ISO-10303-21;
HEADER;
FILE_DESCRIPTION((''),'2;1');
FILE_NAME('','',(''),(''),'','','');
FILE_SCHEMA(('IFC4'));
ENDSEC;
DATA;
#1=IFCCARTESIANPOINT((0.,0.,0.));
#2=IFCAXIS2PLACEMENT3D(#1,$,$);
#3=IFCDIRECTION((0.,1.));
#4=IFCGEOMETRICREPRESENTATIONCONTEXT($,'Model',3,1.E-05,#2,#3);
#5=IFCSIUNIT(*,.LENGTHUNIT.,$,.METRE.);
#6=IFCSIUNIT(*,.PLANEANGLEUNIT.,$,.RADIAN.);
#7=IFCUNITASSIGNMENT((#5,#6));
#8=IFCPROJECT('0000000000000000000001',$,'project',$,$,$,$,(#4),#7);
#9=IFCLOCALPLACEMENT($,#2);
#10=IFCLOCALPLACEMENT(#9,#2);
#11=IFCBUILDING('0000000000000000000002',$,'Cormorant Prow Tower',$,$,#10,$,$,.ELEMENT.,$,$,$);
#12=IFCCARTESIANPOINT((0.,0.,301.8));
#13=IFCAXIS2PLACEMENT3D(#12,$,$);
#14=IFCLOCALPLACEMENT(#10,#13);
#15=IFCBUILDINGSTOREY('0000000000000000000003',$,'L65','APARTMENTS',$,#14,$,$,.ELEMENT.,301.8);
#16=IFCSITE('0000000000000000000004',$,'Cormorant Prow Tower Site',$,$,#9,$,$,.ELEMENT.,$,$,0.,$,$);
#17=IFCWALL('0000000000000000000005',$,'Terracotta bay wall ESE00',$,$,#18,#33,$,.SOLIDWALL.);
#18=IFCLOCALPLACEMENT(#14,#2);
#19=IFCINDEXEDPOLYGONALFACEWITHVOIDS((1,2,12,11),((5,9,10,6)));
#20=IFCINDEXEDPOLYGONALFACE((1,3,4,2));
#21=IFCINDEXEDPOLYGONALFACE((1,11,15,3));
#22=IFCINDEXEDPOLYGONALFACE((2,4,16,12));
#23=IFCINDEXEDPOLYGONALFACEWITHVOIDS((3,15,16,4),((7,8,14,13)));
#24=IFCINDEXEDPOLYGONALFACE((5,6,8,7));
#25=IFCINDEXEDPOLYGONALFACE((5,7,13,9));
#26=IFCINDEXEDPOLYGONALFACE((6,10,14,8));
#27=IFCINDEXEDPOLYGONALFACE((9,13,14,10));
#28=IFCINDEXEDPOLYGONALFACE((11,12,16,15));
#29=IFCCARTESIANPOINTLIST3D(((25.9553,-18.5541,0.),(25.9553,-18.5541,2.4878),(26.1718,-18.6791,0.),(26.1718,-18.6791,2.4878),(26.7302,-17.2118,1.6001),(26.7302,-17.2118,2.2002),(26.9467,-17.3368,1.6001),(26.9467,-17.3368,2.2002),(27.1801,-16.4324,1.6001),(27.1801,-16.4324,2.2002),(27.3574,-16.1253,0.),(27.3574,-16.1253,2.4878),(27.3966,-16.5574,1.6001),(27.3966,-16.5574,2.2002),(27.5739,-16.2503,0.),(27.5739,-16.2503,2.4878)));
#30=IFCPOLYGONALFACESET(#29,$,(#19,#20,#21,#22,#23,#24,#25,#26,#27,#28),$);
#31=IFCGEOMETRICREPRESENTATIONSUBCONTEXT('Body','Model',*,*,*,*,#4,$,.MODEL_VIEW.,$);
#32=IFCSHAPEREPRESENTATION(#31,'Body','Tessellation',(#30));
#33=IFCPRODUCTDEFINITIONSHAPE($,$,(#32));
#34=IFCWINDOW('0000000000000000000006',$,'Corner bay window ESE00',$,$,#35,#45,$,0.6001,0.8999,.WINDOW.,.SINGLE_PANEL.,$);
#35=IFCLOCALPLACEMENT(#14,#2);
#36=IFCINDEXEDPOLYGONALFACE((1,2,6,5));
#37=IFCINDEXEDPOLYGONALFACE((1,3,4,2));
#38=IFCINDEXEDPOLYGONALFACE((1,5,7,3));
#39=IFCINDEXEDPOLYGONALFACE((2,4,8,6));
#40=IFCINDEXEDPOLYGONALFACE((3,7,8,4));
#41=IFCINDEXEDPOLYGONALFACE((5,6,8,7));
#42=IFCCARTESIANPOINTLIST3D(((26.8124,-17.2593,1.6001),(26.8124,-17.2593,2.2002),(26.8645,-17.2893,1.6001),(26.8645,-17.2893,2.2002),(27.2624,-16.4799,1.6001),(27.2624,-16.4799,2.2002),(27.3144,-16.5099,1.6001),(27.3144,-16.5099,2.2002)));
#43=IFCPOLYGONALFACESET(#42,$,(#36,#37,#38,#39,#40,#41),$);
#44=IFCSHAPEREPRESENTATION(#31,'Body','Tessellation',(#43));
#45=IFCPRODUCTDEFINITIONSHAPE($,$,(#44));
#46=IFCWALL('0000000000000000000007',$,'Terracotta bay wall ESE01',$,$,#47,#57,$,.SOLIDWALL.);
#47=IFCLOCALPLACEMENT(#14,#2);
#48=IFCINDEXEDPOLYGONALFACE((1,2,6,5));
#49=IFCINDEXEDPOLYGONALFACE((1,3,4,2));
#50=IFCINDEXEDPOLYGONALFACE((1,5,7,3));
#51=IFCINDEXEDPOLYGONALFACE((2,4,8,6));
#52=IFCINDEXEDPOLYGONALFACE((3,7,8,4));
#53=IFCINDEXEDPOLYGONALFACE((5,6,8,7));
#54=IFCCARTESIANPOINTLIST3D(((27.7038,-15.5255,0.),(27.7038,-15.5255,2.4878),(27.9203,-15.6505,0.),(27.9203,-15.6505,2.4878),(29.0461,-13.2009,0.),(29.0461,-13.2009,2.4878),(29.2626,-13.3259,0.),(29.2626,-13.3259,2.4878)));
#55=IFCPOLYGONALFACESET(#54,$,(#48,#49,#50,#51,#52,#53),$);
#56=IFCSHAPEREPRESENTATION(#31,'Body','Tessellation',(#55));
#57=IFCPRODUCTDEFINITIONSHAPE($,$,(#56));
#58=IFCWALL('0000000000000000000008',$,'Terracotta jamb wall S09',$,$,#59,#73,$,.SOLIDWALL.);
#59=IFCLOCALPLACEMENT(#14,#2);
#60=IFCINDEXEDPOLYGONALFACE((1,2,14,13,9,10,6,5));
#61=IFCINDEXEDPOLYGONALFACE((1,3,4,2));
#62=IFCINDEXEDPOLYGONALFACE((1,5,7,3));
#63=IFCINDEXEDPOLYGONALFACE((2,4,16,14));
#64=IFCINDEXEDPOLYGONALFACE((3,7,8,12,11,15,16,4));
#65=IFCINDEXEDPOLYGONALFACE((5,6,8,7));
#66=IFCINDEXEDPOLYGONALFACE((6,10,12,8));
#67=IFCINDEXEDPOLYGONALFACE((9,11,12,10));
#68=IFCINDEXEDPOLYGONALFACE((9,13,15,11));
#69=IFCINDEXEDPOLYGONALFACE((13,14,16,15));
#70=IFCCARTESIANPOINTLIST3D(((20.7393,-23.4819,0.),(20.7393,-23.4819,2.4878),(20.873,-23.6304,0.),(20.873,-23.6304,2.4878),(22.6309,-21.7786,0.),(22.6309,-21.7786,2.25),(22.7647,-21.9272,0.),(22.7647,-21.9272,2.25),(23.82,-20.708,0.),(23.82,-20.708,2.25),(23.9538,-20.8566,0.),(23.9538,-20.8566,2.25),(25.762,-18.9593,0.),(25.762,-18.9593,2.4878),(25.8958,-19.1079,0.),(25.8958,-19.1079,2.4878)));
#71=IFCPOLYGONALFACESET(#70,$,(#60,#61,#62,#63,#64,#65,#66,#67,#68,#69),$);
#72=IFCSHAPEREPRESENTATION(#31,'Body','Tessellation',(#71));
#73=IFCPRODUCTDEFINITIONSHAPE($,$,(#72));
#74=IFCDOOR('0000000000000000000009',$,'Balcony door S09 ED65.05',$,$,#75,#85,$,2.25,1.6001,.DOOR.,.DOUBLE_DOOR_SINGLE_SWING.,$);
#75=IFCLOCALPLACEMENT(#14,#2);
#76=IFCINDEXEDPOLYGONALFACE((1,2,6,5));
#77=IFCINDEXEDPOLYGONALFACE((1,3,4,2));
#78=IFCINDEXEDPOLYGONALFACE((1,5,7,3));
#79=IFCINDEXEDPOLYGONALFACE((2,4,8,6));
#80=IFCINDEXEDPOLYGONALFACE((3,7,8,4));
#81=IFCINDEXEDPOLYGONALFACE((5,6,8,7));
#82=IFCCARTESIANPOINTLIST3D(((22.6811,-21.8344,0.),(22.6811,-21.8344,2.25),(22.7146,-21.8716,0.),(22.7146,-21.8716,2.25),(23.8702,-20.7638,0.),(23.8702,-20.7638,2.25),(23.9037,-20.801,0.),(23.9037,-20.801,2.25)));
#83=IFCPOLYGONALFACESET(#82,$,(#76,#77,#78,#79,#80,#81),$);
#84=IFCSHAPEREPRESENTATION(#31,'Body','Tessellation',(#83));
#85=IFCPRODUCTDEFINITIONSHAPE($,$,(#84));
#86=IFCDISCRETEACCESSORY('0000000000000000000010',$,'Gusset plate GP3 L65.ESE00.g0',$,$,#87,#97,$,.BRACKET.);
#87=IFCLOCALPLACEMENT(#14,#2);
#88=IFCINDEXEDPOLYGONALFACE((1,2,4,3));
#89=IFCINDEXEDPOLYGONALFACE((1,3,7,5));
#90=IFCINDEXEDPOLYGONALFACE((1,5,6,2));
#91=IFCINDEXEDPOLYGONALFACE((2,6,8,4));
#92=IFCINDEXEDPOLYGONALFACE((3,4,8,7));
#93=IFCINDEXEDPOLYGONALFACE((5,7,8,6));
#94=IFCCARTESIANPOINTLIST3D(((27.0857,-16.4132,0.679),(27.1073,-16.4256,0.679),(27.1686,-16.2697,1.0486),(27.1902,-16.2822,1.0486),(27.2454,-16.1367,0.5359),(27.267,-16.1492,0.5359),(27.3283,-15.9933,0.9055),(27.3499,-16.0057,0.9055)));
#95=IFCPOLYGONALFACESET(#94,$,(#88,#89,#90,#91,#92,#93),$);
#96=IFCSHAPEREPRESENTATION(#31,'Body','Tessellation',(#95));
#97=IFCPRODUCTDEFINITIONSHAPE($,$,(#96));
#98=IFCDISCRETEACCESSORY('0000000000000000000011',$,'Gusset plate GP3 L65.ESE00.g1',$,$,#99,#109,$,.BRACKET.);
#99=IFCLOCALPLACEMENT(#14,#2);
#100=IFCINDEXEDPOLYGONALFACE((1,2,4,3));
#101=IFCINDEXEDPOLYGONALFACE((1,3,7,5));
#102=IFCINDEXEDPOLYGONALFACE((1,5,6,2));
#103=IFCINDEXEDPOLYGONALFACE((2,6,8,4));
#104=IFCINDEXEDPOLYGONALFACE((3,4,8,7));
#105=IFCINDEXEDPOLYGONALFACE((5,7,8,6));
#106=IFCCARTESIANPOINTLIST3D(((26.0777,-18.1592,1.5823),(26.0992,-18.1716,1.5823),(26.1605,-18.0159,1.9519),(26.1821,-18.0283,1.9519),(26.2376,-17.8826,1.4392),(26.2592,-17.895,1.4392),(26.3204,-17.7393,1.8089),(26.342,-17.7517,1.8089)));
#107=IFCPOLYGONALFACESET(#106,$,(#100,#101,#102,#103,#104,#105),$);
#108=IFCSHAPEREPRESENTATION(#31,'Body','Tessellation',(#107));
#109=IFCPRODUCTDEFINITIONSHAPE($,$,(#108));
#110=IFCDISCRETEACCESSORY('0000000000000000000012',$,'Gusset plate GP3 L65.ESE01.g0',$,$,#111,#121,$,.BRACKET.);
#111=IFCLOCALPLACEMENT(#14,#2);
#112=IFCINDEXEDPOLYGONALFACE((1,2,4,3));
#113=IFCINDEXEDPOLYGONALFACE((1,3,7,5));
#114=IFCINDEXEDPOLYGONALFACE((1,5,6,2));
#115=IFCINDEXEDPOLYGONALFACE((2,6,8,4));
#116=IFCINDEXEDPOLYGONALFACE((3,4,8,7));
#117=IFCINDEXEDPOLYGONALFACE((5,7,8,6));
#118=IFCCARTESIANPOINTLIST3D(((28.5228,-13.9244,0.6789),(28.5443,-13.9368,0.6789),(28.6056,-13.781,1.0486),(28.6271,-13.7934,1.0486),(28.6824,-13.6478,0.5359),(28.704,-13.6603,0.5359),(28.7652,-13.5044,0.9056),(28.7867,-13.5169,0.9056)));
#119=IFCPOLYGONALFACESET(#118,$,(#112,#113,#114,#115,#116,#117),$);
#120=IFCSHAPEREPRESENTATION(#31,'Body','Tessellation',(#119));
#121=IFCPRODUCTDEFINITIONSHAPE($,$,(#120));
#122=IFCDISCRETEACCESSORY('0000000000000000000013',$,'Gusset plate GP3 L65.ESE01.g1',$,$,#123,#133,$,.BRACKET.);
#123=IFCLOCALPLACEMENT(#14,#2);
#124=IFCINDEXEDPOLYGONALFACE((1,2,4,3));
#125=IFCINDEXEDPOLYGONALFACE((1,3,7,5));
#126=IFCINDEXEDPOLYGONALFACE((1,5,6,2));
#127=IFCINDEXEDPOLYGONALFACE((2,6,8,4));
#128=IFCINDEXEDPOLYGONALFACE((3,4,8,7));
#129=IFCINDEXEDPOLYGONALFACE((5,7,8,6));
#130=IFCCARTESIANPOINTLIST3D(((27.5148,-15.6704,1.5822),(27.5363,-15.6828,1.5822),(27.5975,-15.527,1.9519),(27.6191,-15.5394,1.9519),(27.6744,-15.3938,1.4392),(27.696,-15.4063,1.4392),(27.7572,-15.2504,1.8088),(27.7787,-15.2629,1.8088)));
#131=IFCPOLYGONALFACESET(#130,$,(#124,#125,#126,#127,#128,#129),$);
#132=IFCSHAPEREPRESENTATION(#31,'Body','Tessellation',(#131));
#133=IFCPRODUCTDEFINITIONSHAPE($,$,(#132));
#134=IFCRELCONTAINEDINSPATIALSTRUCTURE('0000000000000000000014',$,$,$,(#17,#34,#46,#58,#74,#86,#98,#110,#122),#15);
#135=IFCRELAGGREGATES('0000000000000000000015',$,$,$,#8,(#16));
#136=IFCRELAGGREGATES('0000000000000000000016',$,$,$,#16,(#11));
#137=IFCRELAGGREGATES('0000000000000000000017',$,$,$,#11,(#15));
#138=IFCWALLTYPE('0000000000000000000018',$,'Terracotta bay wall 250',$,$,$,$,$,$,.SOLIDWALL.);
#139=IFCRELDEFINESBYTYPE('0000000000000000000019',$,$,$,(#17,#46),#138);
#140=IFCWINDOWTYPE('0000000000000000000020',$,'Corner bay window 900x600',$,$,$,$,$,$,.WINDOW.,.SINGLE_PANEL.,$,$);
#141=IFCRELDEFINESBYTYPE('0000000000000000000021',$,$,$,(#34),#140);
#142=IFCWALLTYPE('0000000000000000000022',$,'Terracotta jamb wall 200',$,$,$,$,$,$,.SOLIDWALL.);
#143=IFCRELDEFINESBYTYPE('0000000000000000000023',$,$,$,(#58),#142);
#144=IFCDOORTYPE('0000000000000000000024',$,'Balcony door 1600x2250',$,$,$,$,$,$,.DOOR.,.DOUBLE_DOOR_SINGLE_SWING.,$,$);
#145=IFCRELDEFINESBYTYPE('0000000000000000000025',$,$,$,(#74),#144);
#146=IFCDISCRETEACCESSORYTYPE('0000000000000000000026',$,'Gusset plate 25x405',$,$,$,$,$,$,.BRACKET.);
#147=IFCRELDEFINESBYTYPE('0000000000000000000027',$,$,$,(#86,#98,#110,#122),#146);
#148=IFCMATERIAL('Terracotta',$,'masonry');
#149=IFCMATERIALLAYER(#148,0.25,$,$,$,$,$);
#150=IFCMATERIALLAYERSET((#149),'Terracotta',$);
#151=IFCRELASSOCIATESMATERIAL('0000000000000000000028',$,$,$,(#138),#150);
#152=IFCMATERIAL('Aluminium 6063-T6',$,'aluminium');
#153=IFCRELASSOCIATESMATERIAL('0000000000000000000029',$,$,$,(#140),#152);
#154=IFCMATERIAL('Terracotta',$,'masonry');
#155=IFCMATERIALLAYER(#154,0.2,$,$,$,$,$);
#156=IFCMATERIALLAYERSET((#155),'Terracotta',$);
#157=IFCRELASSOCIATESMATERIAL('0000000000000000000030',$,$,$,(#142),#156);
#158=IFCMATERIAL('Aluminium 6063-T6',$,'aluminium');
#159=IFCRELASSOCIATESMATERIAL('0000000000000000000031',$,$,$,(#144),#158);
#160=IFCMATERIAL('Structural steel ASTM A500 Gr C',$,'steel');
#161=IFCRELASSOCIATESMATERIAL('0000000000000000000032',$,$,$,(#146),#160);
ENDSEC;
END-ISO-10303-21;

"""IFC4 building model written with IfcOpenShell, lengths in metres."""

from ifc_helpers import new_model, si_unit, direction, frame, frame_2d, origin, origin_2d, place, context, subcontext, project, spatial, rectangle, extrude, material, layer, layer_set, material_profile, profile_set, type_object, element, fill, save


model = new_model("IFC4")

# Units and contexts
model_context = context("Model", 3, precision=1e-05, world=origin(), true_north=direction((0.0, 1.0)))
body_context = subcontext(model_context, "Body", "Model", "MODEL_VIEW")
ifc_project = project(units=[si_unit("LENGTHUNIT", "METRE"), si_unit("PLANEANGLEUNIT", "RADIAN")], contexts=[model_context])

# Site, building, storey
site_placement = place(None, origin())
site = spatial("IfcSite", under=ifc_project, at=site_placement, Name="Cormorant Prow Tower Site", CompositionType="ELEMENT", RefElevation=0.0)
building_placement = place(site_placement, origin())
building = spatial("IfcBuilding", under=site, at=building_placement, Name="Cormorant Prow Tower", CompositionType="ELEMENT")
storey_placement = place(building_placement, frame((0.0, 0.0, 301.8)))
storey = spatial("IfcBuildingStorey", under=building, at=storey_placement, Name="L65", Description="APARTMENTS", CompositionType="ELEMENT", Elevation=301.8)

# Wall, opening, window
ifc_material_1 = material(Name="Terracotta", Category="masonry")
ifc_layer_1 = layer(ifc_material_1, 0.25)
ifc_layer_set_1 = layer_set([ifc_layer_1], Name="Terracotta")
wall_type_1 = type_object("IfcWallType", Name="Terracotta bay wall 250", PredefinedType="SOLIDWALL", material=ifc_layer_set_1)
wall_1_placement = place(storey_placement, frame((26.0635, -18.6167, 0.0), z_axis=(0.0, 0.0, 1.0), x_axis=(0.499969, 0.866044, 0.0)))
wall_1 = element("IfcWall", 1, at=wall_1_placement, inside=storey, type_object=wall_type_1, Name="Terracotta bay wall ESE00", PredefinedType="SOLIDWALL", context=body_context, shape_type="SweptSolid", body=[
    extrude(rectangle(XDim=2.8044, YDim=0.25, at=frame_2d((1.4023, 0.0))), origin(), (0.0, 0.0, 1.0), 2.4878),
])
opening_1_placement = place(wall_1_placement, frame((1.55, 0.0, 1.6001)))
opening_1 = element("IfcOpeningElement", 2, at=opening_1_placement, cuts=wall_1, PredefinedType="OPENING", context=body_context, shape_type="SweptSolid", body=[
    extrude(rectangle(XDim=0.8999, YDim=0.6001, at=frame_2d((0.45, 0.3))), frame((0.0, 0.135, 0.0), z_axis=(0.0, -1.0, 0.0), x_axis=(1.0, 0.0, 0.0)), (0.0, 0.0, 1.0), 0.27),
])
ifc_material_2 = material(Name="Aluminium 6063-T6", Category="aluminium")
window_type = type_object("IfcWindowType", Name="Corner bay window 900x600", PartitioningType="SINGLE_PANEL", PredefinedType="WINDOW", material=ifc_material_2)
window_placement = place(opening_1_placement, origin())
window = element("IfcWindow", 3, at=window_placement, inside=storey, type_object=window_type, Name="Corner bay window ESE00", OverallHeight=0.6001, OverallWidth=0.8999, PartitioningType="SINGLE_PANEL", PredefinedType="WINDOW", context=body_context, shape_type="SweptSolid", body=[
    extrude(rectangle(XDim=0.8999, YDim=0.6001, at=frame_2d((0.45, 0.3))), frame((0.0, 0.03, 0.0), z_axis=(0.0, -1.0, 0.0), x_axis=(1.0, 0.0, 0.0)), (0.0, 0.0, 1.0), 0.0601),
])
fill(opening_1, window)

# Wall
wall_2_placement = place(storey_placement, frame((27.812, -15.5881, 0.0), z_axis=(0.0, 0.0, 1.0), x_axis=(0.500032, 0.866007, 0.0)))
element("IfcWall", 4, at=wall_2_placement, inside=storey, type_object=wall_type_1, Name="Terracotta bay wall ESE01", PredefinedType="SOLIDWALL", context=body_context, shape_type="SweptSolid", body=[
    extrude(rectangle(XDim=2.6843, YDim=0.25, at=frame_2d((1.3423, 0.0))), origin(), (0.0, 0.0, 1.0), 2.4878),
])

# Wall, opening, door
ifc_material_3 = material(Name="Terracotta", Category="masonry")
ifc_layer_2 = layer(ifc_material_3, 0.2)
ifc_layer_set_2 = layer_set([ifc_layer_2], Name="Terracotta")
wall_type_2 = type_object("IfcWallType", Name="Terracotta jamb wall 200", PredefinedType="SOLIDWALL", material=ifc_layer_set_2)
wall_3_placement = place(storey_placement, frame((20.8062, -23.5562, 0.0), z_axis=(0.0, 0.0, 1.0), x_axis=(0.743145, 0.66913, 0.0)))
wall_3 = element("IfcWall", 5, at=wall_3_placement, inside=storey, type_object=wall_type_2, Name="Terracotta jamb wall S09", PredefinedType="SOLIDWALL", context=body_context, shape_type="SweptSolid", body=[
    extrude(rectangle(XDim=6.7588, YDim=0.2, at=frame_2d((3.3794, 0.0))), origin(), (0.0, 0.0, 1.0), 2.4878),
])
opening_2_placement = place(wall_3_placement, frame((2.5454, 0.0, 0.0)))
opening_2 = element("IfcOpeningElement", 6, at=opening_2_placement, cuts=wall_3, PredefinedType="OPENING", context=body_context, shape_type="SweptSolid", body=[
    extrude(rectangle(XDim=1.6001, YDim=2.25, at=frame_2d((0.8, 1.125))), frame((0.0, 0.1099, 0.0), z_axis=(0.0, -1.0, 0.0), x_axis=(1.0, 0.0, 0.0)), (0.0, 0.0, 1.0), 0.22),
])
ifc_material_4 = material(Name="Aluminium 6063-T6", Category="aluminium")
door_type_1 = type_object("IfcDoorType", Name="Balcony door 1600x2250", OperationType="DOUBLE_DOOR_SINGLE_SWING", PredefinedType="DOOR", material=ifc_material_4)
door_1_placement = place(opening_2_placement, origin())
door_1 = element("IfcDoor", 7, at=door_1_placement, inside=storey, type_object=door_type_1, Name="Balcony door S09 ED65.05", OperationType="DOUBLE_DOOR_SINGLE_SWING", OverallHeight=2.25, OverallWidth=1.6001, PredefinedType="DOOR", context=body_context, shape_type="SweptSolid", body=[
    extrude(rectangle(XDim=1.6001, YDim=2.25, at=frame_2d((0.8, 1.125))), frame((0.0, 0.0249, 0.0), z_axis=(0.0, -1.0, 0.0), x_axis=(1.0, 0.0, 0.0)), (0.0, 0.0, 1.0), 0.05),
])
fill(opening_2, door_1)

# Discrete accessories
ifc_material_5 = material(Name="Structural steel ASTM A500 Gr C", Category="steel")
ifc_material_profile_1 = material_profile(ifc_material_5, rectangle(XDim=0.0249, YDim=0.405, at=origin_2d()), Name="Gusset plate 25x405")
ifc_profile_set_1 = profile_set([ifc_material_profile_1], Name="Structural steel ASTM A500 Gr C")
discrete_accessory_type = type_object("IfcDiscreteAccessoryType", Name="Gusset plate 25x405", PredefinedType="BRACKET", material=ifc_profile_set_1)
discrete_accessory_1_placement = place(storey_placement, frame((27.1379, -16.3477, 0.8638), z_axis=(0.456491, 0.790135, -0.409027), x_axis=(-0.86588, 0.500252, 0.0)))
element("IfcDiscreteAccessory", 8, at=discrete_accessory_1_placement, inside=storey, type_object=discrete_accessory_type, Name="Gusset plate GP3 L65.ESE00.g0", PredefinedType="BRACKET", context=body_context, shape_type="SweptSolid", body=[
    extrude(rectangle(XDim=0.0249, YDim=0.405, at=origin_2d()), origin(), (0.0, 0.0, 1.0), 0.3499),
])
discrete_accessory_2_placement = place(storey_placement, frame((26.2898, -17.8171, 1.624), z_axis=(-0.456792, -0.790145, 0.408672), x_axis=(0.86574, -0.500494, 0.0)))
element("IfcDiscreteAccessory", 9, at=discrete_accessory_2_placement, inside=storey, type_object=discrete_accessory_type, Name="Gusset plate GP3 L65.ESE00.g1", PredefinedType="BRACKET", context=body_context, shape_type="SweptSolid", body=[
    extrude(rectangle(XDim=0.0249, YDim=0.405, at=origin_2d()), origin(), (0.0, 0.0, 1.0), 0.3501),
])
for number, where, z_axis, x_axis, name in (
    (10, (28.575, -13.8589, 0.8638), (0.456239, 0.790397, -0.408802), (-0.866071, 0.499921, 0.0), "Gusset plate GP3 L65.ESE01.g0"),
    (11, (27.7266, -15.3284, 1.624), (-0.456239, -0.790397, 0.408802), (0.866071, -0.499921, 0.0), "Gusset plate GP3 L65.ESE01.g1"),
):
    element("IfcDiscreteAccessory", number, at=place(storey_placement, frame(where, z_axis=z_axis, x_axis=x_axis)), inside=storey, type_object=discrete_accessory_type, Name=name, PredefinedType="BRACKET", context=body_context, shape_type="SweptSolid", body=[
        extrude(rectangle(XDim=0.0249, YDim=0.405, at=origin_2d()), origin(), (0.0, 0.0, 1.0), 0.3499),
    ])

save(model, "model.ifc")
